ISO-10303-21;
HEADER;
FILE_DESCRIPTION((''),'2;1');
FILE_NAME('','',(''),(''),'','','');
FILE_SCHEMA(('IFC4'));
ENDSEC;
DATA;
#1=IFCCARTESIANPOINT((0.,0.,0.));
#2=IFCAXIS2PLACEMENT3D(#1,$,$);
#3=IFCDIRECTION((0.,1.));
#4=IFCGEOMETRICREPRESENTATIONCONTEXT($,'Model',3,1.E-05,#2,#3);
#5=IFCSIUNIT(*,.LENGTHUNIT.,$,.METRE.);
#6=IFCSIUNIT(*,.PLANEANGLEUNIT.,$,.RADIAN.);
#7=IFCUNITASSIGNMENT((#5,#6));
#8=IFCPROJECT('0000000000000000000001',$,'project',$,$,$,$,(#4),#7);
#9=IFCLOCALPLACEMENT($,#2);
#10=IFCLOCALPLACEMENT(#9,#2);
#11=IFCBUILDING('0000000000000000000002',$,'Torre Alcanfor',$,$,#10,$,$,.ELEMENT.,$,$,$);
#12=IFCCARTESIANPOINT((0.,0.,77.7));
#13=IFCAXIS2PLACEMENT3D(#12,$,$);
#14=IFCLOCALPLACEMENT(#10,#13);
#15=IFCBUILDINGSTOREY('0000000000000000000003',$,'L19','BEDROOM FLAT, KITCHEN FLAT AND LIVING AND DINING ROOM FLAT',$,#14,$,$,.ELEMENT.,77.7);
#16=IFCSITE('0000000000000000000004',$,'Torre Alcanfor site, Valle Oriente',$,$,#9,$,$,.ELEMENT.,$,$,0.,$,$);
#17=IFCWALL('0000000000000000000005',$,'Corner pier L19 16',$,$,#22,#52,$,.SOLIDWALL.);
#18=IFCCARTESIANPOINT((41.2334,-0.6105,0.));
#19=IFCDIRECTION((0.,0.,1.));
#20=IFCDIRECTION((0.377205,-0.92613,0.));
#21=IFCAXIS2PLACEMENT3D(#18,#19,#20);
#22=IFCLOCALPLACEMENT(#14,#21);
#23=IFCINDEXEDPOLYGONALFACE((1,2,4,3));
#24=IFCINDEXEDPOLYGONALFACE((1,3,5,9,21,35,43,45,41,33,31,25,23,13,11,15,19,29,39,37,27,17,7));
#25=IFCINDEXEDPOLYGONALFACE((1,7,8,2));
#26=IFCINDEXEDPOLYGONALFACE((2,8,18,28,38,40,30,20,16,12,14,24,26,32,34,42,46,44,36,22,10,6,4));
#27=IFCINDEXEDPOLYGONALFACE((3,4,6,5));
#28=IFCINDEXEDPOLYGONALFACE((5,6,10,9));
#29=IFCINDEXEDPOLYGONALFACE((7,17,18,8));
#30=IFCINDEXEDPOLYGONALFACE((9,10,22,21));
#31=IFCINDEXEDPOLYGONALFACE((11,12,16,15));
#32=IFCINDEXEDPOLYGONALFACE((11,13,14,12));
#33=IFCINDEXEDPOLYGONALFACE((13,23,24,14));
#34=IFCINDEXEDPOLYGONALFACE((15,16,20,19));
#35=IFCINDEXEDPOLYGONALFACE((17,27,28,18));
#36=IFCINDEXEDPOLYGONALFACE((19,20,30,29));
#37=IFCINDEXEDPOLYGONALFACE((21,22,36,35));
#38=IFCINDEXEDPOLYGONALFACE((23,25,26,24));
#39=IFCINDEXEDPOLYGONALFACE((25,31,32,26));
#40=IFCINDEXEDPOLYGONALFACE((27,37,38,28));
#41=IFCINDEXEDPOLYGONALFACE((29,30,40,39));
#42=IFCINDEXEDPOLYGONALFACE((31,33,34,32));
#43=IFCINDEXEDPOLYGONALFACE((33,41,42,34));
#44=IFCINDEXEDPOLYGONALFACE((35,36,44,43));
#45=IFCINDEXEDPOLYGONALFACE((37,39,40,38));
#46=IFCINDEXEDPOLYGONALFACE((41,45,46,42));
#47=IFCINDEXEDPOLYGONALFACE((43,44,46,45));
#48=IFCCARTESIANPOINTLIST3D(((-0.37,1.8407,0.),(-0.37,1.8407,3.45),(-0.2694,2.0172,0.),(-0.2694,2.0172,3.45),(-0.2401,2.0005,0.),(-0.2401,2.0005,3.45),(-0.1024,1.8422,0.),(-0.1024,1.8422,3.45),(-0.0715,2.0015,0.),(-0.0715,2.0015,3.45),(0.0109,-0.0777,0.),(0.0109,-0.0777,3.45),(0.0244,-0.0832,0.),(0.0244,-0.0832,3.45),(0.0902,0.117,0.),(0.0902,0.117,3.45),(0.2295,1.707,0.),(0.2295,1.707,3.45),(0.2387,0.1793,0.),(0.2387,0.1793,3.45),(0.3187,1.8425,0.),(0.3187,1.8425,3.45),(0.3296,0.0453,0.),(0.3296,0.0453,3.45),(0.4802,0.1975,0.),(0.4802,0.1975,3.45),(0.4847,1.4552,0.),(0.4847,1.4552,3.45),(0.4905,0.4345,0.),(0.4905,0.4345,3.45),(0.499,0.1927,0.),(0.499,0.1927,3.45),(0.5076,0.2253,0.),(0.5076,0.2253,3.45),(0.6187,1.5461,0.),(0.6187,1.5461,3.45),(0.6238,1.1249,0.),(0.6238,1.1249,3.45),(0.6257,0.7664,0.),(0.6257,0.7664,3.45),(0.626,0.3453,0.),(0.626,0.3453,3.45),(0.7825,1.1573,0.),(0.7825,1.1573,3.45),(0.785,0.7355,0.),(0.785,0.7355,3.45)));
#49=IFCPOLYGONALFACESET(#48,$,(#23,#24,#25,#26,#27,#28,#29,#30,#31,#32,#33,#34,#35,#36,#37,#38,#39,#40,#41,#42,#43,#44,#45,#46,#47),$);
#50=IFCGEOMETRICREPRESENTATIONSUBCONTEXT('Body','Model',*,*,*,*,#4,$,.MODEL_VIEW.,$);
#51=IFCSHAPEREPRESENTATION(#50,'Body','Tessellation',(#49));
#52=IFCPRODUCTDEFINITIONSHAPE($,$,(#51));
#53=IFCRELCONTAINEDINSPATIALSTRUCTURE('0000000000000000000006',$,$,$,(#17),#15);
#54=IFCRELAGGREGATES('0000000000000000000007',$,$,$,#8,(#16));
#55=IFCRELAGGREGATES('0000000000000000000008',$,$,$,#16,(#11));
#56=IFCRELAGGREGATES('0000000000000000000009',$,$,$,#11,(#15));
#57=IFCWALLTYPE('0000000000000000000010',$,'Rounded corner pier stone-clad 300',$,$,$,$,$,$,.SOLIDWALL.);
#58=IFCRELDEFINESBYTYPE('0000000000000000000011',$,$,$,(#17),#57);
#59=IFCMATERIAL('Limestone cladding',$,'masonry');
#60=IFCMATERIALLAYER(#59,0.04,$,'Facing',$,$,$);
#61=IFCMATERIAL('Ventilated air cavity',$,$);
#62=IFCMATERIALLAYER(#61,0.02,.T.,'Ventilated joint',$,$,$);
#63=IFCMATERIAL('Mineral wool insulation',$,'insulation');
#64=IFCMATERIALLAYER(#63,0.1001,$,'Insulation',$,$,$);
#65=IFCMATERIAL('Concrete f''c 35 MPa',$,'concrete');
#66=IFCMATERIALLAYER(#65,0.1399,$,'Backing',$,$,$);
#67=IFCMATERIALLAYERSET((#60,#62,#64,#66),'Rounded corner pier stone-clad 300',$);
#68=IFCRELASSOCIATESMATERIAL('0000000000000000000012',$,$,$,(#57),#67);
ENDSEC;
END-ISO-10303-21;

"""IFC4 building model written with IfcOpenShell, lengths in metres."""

from ifc_helpers import new_model, si_unit, direction, frame, origin, place, context, subcontext, project, spatial, polyline, outline, extrude, material, layer, layer_set, type_object, element, save


model = new_model("IFC4")

# Units and contexts
model_context = context("Model", 3, precision=1e-05, world=origin(), true_north=direction((0.0, 1.0)))
body_context = subcontext(model_context, "Body", "Model", "MODEL_VIEW")
ifc_project = project(units=[si_unit("LENGTHUNIT", "METRE"), si_unit("PLANEANGLEUNIT", "RADIAN")], contexts=[model_context])

# Site, building, storey
site_placement = place(None, origin())
site = spatial("IfcSite", under=ifc_project, at=site_placement, Name="Torre Alcanfor site, Valle Oriente", CompositionType="ELEMENT", RefElevation=0.0)
building_placement = place(site_placement, origin())
building = spatial("IfcBuilding", under=site, at=building_placement, Name="Torre Alcanfor", CompositionType="ELEMENT")
storey_placement = place(building_placement, frame((0.0, 0.0, 77.7)))
storey = spatial("IfcBuildingStorey", under=building, at=storey_placement, Name="L19", Description="BEDROOM FLAT, KITCHEN FLAT AND LIVING AND DINING ROOM FLAT", CompositionType="ELEMENT", Elevation=77.7)

# Wall
ifc_material_1 = material(Name="Limestone cladding", Category="masonry")
ifc_layer_1 = layer(ifc_material_1, 0.04, Name="Facing")
ifc_material_2 = material(Name="Ventilated air cavity")
ifc_layer_2 = layer(ifc_material_2, 0.02, ventilated=True, Name="Ventilated joint")
ifc_material_3 = material(Name="Mineral wool insulation", Category="insulation")
ifc_layer_3 = layer(ifc_material_3, 0.1001, Name="Insulation")
ifc_material_4 = material(Name="Concrete f'c 35 MPa", Category="concrete")
ifc_layer_4 = layer(ifc_material_4, 0.1399, Name="Backing")
ifc_layer_set_1 = layer_set([ifc_layer_1, ifc_layer_2, ifc_layer_3, ifc_layer_4], Name="Rounded corner pier stone-clad 300")
wall_type_1 = type_object("IfcWallType", Name="Rounded corner pier stone-clad 300", PredefinedType="SOLIDWALL", material=ifc_layer_set_1)
wall_1_placement = place(storey_placement, frame((41.2334, -0.6105, 0.0), z_axis=(0.0, 0.0, 1.0), x_axis=(0.377205, -0.92613, 0.0)))
element("IfcWall", 1, at=wall_1_placement, inside=storey, type_object=wall_type_1, Name="Corner pier L19 16", PredefinedType="SOLIDWALL", context=body_context, shape_type="SweptSolid", body=[
    extrude(outline(polyline([(0.3187, 1.8425), (-0.0715, 2.0015), (-0.2401, 2.0005), (-0.2694, 2.0172), (-0.37, 1.8407), (-0.1024, 1.8422), (0.2295, 1.707), (0.4847, 1.4552), (0.6238, 1.1249), (0.6257, 0.7664), (0.4905, 0.4345), (0.2387, 0.1793), (0.0902, 0.117), (0.0109, -0.0777), (0.0244, -0.0832), (0.3296, 0.0453), (0.4802, 0.1975), (0.499, 0.1927), (0.5076, 0.2253), (0.626, 0.3453), (0.785, 0.7355), (0.7825, 1.1573), (0.6187, 1.5461), (0.3187, 1.8425)])), origin(), (0.0, 0.0, 1.0), 3.45),
])

save(model, "model.ifc")
